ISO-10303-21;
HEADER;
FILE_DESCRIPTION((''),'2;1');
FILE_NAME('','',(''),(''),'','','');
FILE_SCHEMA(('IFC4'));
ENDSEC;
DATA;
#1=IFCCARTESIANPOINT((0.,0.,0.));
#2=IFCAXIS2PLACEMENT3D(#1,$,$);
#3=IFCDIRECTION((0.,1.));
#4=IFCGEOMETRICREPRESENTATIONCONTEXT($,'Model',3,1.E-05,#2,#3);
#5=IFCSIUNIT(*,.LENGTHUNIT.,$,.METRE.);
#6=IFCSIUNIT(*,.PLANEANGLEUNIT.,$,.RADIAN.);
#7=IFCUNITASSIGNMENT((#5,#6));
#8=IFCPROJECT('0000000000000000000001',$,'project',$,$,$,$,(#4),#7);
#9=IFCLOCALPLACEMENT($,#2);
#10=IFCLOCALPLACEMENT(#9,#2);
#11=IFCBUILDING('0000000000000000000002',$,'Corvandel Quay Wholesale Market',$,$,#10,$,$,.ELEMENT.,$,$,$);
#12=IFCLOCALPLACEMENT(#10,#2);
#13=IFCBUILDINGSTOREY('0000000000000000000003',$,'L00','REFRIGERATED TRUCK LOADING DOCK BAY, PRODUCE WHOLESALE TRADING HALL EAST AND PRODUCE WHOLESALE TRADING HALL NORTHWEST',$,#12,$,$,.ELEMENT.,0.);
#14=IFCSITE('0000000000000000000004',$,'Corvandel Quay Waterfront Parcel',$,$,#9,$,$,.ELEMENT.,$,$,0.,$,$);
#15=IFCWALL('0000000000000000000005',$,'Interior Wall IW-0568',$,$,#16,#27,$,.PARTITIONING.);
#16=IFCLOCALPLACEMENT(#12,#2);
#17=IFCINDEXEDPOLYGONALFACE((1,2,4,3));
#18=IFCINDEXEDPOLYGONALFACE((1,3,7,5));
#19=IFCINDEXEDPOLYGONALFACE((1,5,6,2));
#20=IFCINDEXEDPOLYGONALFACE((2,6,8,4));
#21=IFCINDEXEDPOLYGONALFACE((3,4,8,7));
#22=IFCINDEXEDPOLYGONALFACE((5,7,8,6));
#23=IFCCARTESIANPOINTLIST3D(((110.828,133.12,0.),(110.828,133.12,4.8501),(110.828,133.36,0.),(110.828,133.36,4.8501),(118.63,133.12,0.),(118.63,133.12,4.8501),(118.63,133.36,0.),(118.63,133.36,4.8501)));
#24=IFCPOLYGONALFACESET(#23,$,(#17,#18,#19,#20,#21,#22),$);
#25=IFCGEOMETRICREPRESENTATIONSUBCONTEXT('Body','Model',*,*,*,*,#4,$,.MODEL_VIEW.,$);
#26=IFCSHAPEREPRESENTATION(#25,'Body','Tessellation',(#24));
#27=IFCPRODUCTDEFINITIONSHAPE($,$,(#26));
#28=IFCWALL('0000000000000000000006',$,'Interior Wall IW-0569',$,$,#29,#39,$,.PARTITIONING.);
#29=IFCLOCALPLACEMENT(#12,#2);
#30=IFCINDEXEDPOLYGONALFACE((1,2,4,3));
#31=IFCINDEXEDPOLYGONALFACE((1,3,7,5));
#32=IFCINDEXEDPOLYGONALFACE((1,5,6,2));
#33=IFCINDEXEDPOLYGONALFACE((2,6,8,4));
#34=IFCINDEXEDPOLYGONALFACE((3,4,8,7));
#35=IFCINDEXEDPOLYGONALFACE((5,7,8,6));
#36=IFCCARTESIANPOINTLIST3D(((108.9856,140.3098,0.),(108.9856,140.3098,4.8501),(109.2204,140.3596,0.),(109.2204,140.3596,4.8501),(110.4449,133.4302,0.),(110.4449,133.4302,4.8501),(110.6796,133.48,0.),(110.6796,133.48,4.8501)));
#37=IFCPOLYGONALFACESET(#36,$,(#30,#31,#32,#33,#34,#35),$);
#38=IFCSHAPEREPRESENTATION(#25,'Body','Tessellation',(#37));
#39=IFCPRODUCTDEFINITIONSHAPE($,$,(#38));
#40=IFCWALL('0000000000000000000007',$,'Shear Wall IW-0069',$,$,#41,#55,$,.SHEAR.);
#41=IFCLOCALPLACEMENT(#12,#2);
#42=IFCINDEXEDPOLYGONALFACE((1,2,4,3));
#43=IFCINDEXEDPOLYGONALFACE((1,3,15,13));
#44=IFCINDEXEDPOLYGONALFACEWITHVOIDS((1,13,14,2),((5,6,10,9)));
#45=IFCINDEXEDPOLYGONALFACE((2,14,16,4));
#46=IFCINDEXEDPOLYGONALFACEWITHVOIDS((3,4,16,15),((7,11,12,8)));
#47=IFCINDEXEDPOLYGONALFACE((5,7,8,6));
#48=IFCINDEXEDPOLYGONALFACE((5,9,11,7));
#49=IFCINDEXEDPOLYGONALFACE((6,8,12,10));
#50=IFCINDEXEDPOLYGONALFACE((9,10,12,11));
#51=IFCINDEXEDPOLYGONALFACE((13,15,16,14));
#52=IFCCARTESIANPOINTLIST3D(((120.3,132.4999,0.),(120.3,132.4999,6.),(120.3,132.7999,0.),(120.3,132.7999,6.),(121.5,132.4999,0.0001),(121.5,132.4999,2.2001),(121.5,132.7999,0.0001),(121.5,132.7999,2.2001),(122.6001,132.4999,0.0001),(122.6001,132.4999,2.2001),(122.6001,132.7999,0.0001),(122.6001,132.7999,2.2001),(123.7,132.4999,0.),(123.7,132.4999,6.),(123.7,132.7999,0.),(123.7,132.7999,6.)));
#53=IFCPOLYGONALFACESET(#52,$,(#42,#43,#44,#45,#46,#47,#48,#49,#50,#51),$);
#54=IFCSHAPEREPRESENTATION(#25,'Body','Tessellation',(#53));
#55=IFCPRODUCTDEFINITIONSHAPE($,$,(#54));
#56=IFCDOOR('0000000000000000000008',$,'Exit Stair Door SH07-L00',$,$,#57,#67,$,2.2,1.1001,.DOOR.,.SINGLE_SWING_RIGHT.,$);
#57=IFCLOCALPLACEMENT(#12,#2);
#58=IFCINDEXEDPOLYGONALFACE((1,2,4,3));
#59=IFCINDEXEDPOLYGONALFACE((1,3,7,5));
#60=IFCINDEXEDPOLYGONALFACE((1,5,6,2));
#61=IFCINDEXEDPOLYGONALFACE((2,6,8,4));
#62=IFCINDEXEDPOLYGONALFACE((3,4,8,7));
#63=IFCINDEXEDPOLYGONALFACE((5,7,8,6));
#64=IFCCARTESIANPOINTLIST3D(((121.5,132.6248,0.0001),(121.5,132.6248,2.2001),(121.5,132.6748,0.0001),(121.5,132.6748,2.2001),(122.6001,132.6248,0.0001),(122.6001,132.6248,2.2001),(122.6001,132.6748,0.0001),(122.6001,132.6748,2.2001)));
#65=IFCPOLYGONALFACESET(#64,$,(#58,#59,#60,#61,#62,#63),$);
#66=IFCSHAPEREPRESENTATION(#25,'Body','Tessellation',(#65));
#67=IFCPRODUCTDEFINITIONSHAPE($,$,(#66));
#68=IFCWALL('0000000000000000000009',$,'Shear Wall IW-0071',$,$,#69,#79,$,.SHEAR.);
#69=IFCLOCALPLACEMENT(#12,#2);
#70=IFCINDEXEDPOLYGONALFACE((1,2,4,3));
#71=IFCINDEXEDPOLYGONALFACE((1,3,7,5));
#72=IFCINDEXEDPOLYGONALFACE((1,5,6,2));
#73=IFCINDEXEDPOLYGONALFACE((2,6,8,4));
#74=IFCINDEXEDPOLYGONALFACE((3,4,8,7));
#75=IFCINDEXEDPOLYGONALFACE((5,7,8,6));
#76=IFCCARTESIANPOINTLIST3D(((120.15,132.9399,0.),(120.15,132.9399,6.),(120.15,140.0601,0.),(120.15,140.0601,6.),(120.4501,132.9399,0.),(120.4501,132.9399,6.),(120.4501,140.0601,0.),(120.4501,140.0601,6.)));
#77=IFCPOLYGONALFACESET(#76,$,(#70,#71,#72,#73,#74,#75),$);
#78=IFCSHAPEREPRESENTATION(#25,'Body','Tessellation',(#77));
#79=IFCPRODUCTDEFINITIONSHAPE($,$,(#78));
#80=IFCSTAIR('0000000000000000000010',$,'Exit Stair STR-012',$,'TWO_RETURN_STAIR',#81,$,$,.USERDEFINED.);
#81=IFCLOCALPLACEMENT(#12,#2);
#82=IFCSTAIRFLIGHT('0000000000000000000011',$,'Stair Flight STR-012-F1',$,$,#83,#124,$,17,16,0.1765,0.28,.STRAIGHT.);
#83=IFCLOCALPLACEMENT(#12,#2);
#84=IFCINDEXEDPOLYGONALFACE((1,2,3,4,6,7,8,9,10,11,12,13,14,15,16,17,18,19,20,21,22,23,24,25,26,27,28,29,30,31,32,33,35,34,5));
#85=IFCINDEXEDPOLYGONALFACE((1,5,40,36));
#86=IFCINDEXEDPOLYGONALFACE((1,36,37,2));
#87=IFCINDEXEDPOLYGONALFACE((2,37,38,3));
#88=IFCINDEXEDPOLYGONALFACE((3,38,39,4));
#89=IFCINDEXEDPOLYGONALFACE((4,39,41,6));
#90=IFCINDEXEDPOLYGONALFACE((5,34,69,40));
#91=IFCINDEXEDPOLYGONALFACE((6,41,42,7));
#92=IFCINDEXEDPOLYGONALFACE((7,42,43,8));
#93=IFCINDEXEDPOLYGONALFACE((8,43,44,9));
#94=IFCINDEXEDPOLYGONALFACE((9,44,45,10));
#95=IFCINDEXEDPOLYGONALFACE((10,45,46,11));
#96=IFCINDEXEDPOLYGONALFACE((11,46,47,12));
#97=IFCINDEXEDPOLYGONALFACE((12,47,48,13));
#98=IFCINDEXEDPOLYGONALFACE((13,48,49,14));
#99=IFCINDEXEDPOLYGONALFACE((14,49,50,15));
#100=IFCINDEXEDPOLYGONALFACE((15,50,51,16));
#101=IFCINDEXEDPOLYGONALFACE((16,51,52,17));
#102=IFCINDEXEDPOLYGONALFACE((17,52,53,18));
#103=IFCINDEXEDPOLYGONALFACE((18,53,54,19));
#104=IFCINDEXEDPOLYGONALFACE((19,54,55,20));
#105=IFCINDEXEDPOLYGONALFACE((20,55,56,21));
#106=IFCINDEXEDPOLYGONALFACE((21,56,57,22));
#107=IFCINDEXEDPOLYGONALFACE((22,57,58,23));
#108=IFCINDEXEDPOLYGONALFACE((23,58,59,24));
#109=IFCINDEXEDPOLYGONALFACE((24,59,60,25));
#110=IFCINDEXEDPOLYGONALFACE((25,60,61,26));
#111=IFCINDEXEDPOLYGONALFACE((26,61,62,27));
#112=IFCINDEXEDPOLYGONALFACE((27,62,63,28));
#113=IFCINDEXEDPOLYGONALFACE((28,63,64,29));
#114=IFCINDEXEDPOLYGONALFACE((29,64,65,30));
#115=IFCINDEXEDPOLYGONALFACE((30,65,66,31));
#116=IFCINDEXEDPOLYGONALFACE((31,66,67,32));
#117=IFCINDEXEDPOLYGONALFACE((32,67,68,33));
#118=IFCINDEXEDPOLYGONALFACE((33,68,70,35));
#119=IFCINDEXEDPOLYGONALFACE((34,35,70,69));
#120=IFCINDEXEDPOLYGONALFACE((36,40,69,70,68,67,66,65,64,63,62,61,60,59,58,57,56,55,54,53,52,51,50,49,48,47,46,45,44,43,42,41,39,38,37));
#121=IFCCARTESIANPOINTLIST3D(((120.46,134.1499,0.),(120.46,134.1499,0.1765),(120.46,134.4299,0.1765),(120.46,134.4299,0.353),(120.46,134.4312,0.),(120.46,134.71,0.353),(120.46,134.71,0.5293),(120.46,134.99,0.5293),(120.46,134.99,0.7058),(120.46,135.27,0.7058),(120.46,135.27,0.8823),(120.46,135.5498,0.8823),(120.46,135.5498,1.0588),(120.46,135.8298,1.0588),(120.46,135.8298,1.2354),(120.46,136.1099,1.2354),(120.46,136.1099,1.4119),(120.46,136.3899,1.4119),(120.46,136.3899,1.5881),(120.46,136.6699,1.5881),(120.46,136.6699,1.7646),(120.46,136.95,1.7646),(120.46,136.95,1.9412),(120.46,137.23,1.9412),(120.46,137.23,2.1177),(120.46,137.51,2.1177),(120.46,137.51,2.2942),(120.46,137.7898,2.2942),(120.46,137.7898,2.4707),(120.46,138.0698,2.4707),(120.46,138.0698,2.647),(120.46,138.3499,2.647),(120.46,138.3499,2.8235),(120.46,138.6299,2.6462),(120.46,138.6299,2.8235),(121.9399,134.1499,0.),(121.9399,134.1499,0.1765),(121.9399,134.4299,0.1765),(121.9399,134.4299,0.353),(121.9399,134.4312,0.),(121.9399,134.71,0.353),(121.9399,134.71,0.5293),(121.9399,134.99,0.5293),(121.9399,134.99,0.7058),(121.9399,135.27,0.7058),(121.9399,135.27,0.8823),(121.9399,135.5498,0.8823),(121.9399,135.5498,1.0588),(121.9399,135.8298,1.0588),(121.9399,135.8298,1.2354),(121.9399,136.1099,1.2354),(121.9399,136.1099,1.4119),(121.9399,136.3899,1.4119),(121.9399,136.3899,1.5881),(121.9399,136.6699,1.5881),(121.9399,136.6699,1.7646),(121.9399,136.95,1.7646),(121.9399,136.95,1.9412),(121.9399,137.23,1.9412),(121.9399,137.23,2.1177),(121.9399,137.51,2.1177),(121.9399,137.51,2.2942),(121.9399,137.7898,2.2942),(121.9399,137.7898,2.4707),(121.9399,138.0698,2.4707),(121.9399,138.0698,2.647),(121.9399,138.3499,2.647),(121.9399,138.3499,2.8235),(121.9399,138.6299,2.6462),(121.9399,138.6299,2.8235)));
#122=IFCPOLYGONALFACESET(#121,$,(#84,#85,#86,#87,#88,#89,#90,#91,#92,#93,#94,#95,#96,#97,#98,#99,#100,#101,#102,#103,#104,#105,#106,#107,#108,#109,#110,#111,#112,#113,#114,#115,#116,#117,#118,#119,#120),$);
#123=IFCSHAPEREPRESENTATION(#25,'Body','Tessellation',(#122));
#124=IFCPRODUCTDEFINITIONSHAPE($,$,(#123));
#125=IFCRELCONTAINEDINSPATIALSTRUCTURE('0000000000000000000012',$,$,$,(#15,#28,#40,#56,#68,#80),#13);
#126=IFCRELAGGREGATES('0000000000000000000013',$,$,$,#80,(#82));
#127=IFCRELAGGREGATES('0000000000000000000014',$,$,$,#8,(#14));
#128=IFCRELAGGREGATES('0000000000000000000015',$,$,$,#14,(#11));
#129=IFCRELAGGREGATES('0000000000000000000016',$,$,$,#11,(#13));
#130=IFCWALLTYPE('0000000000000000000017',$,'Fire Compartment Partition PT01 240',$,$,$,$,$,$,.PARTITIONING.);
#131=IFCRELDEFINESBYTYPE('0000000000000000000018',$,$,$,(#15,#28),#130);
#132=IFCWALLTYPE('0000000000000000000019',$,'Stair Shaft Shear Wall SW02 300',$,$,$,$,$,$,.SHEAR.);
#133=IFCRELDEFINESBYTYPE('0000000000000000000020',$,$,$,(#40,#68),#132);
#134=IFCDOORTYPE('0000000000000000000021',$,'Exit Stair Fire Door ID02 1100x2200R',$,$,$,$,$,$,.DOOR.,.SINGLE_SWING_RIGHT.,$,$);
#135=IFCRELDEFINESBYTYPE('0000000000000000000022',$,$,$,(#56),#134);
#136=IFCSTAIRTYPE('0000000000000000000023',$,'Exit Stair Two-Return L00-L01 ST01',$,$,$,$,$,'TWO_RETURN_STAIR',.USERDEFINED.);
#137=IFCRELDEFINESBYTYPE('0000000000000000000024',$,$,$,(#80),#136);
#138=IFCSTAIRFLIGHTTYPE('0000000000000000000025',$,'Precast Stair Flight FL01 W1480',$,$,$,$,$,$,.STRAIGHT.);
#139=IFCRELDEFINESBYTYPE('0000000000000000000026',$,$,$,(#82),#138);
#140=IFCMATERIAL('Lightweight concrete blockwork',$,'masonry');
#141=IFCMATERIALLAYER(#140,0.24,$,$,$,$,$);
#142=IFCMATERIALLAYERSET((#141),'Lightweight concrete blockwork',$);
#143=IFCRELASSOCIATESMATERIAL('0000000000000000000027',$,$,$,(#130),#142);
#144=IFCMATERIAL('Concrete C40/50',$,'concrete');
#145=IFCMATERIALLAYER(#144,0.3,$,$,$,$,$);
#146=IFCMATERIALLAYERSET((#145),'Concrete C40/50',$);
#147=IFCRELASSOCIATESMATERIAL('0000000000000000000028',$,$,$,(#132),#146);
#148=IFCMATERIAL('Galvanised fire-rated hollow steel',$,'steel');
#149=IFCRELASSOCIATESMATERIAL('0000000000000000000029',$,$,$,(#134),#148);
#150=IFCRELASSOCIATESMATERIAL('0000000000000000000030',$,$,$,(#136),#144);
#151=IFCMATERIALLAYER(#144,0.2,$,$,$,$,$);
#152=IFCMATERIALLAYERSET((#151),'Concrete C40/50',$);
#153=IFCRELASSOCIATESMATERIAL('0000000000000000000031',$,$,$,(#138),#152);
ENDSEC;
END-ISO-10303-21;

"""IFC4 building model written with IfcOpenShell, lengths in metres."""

from ifc_helpers import new_model, si_unit, direction, frame, frame_2d, origin, place, context, subcontext, project, spatial, polyline, rectangle, outline, extrude, material, layer, layer_set, type_object, element, fill, aggregate, save


model = new_model("IFC4")

# Units and contexts
model_context = context("Model", 3, precision=1e-05, world=origin(), true_north=direction((0.0, 1.0)))
body_context = subcontext(model_context, "Body", "Model", "MODEL_VIEW")
ifc_project = project(units=[si_unit("LENGTHUNIT", "METRE"), si_unit("PLANEANGLEUNIT", "RADIAN")], contexts=[model_context])

# Site, building, storey
site_placement = place(None, origin())
site = spatial("IfcSite", under=ifc_project, at=site_placement, Name="Corvandel Quay Waterfront Parcel", CompositionType="ELEMENT", RefElevation=0.0)
building_placement = place(site_placement, origin())
building = spatial("IfcBuilding", under=site, at=building_placement, Name="Corvandel Quay Wholesale Market", CompositionType="ELEMENT")
storey_placement = place(building_placement, origin())
storey = spatial("IfcBuildingStorey", under=building, at=storey_placement, Name="L00", Description="REFRIGERATED TRUCK LOADING DOCK BAY, PRODUCE WHOLESALE TRADING HALL EAST AND PRODUCE WHOLESALE TRADING HALL NORTHWEST", CompositionType="ELEMENT", Elevation=0.0)

# Shared definitions
ifc_material_1 = material(Name="Concrete C40/50", Category="concrete")

# Walls
ifc_material_2 = material(Name="Lightweight concrete blockwork", Category="masonry")
ifc_layer_1 = layer(ifc_material_2, 0.24)
ifc_layer_set_1 = layer_set([ifc_layer_1], Name="Lightweight concrete blockwork")
wall_type_1 = type_object("IfcWallType", Name="Fire Compartment Partition PT01 240", PredefinedType="PARTITIONING", material=ifc_layer_set_1)
wall_1_placement = place(storey_placement, frame((118.6299, 133.24, 0.0), z_axis=(0.0, 0.0, 1.0), x_axis=(-1.0, 0.0, 0.0)))
element("IfcWall", 1, at=wall_1_placement, inside=storey, type_object=wall_type_1, Name="Interior Wall IW-0568", PredefinedType="PARTITIONING", context=body_context, shape_type="SweptSolid", body=[
    extrude(rectangle(XDim=7.802, YDim=0.24, at=frame_2d((3.9009, 0.0))), origin(), (0.0, 0.0, 1.0), 4.8501),
])
wall_2_placement = place(storey_placement, frame((110.5623, 133.4551, 0.0), z_axis=(0.0, 0.0, 1.0), x_axis=(-0.207492, 0.978237, 0.0)))
element("IfcWall", 2, at=wall_2_placement, inside=storey, type_object=wall_type_1, Name="Interior Wall IW-0569", PredefinedType="PARTITIONING", context=body_context, shape_type="SweptSolid", body=[
    extrude(rectangle(XDim=7.0327, YDim=0.24, at=frame_2d((3.5164, 0.0))), origin(), (0.0, 0.0, 1.0), 4.8501),
])

# Wall, opening, door
ifc_layer_2 = layer(ifc_material_1, 0.3)
ifc_layer_set_2 = layer_set([ifc_layer_2], Name="Concrete C40/50")
wall_type_2 = type_object("IfcWallType", Name="Stair Shaft Shear Wall SW02 300", PredefinedType="SHEAR", material=ifc_layer_set_2)
wall_3_placement = place(storey_placement, frame((120.3, 132.6499, 0.0), z_axis=(0.0, 0.0, 1.0), x_axis=(1.0, 0.0, 0.0)))
wall_3 = element("IfcWall", 3, at=wall_3_placement, inside=storey, type_object=wall_type_2, Name="Shear Wall IW-0069", PredefinedType="SHEAR", context=body_context, shape_type="SweptSolid", body=[
    extrude(rectangle(XDim=3.3999, YDim=0.3, at=frame_2d((1.7, 0.0))), origin(), (0.0, 0.0, 1.0), 6.0),
])
opening_placement = place(wall_3_placement, frame((1.2, 0.0, 0.0)))
opening = element("IfcOpeningElement", 4, at=opening_placement, cuts=wall_3, PredefinedType="OPENING", context=body_context, shape_type="SweptSolid", body=[
    extrude(rectangle(XDim=1.1001, YDim=2.2, at=frame_2d((0.55, 1.1001))), frame((0.0, 0.1599, 0.0), z_axis=(0.0, -1.0, 0.0), x_axis=(1.0, 0.0, 0.0)), (0.0, 0.0, 1.0), 0.3201),
])
ifc_material_3 = material(Name="Galvanised fire-rated hollow steel", Category="steel")
door_type = type_object("IfcDoorType", Name="Exit Stair Fire Door ID02 1100x2200R", OperationType="SINGLE_SWING_RIGHT", PredefinedType="DOOR", material=ifc_material_3)
door_placement = place(opening_placement, origin())
door = element("IfcDoor", 5, at=door_placement, inside=storey, type_object=door_type, Name="Exit Stair Door SH07-L00", OperationType="SINGLE_SWING_RIGHT", OverallHeight=2.2, OverallWidth=1.1001, PredefinedType="DOOR", context=body_context, shape_type="SweptSolid", body=[
    extrude(rectangle(XDim=1.1001, YDim=2.2, at=frame_2d((0.55, 1.1001))), frame((0.0, 0.0249, 0.0), z_axis=(0.0, -1.0, 0.0), x_axis=(1.0, 0.0, 0.0)), (0.0, 0.0, 1.0), 0.05),
])
fill(opening, door)

# Wall
wall_4_placement = place(storey_placement, frame((120.3, 132.9399, 0.0), z_axis=(0.0, 0.0, 1.0), x_axis=(0.0, 1.0, 0.0)))
element("IfcWall", 6, at=wall_4_placement, inside=storey, type_object=wall_type_2, Name="Shear Wall IW-0071", PredefinedType="SHEAR", context=body_context, shape_type="SweptSolid", body=[
    extrude(rectangle(XDim=7.1201, YDim=0.3, at=frame_2d((3.5601, 0.0))), origin(), (0.0, 0.0, 1.0), 6.0),
])

# Stair, stair flight
stair_type = type_object("IfcStairType", Name="Exit Stair Two-Return L00-L01 ST01", ElementType="TWO_RETURN_STAIR", PredefinedType="USERDEFINED", material=ifc_material_1)
stair_placement = place(storey_placement, origin())
stair = element("IfcStair", 7, at=stair_placement, inside=storey, type_object=stair_type, Name="Exit Stair STR-012", ObjectType="TWO_RETURN_STAIR", PredefinedType="USERDEFINED")
ifc_layer_3 = layer(ifc_material_1, 0.2)
ifc_layer_set_3 = layer_set([ifc_layer_3], Name="Concrete C40/50")
stair_flight_type = type_object("IfcStairFlightType", Name="Precast Stair Flight FL01 W1480", PredefinedType="STRAIGHT", material=ifc_layer_set_3)
stair_flight_placement = place(storey_placement, frame((121.2, 134.1499, 0.0), z_axis=(0.0, 0.0, 1.0), x_axis=(0.0, 1.0, 0.0)))
stair_flight = element("IfcStairFlight", 8, at=stair_flight_placement, type_object=stair_flight_type, Name="Stair Flight STR-012-F1", NumberOfRisers=17, NumberOfTreads=16, PredefinedType="STRAIGHT", RiserHeight=0.1765, TreadLength=0.28, context=body_context, shape_type="SweptSolid", body=[
    extrude(outline(polyline([(0.0, 0.0), (0.0, 0.1765), (0.28, 0.1765), (0.28, 0.353), (0.5601, 0.353), (0.5601, 0.5293), (0.8401, 0.5293), (0.8401, 0.7058), (1.1201, 0.7058), (1.1201, 0.8823), (1.3999, 0.8823), (1.3999, 1.0588), (1.6799, 1.0588), (1.6799, 1.2354), (1.96, 1.2354), (1.96, 1.4119), (2.24, 1.4119), (2.24, 1.5881), (2.52, 1.5881), (2.52, 1.7646), (2.8, 1.7646), (2.8, 1.9412), (3.0801, 1.9412), (3.0801, 2.1177), (3.3601, 2.1177), (3.3601, 2.2942), (3.6399, 2.2942), (3.6399, 2.4707), (3.9199, 2.4707), (3.9199, 2.647), (4.2, 2.647), (4.2, 2.8235), (4.48, 2.8235), (4.48, 3.0), (4.48, 2.6462), (0.2812, 0.0), (0.0, 0.0)])), frame((0.0, 0.74, 0.0), z_axis=(0.0, -1.0, 0.0), x_axis=(1.0, 0.0, 0.0)), (0.0, 0.0, 1.0), 1.48),
])
aggregate(stair, [stair_flight])

save(model, "model.ifc")
